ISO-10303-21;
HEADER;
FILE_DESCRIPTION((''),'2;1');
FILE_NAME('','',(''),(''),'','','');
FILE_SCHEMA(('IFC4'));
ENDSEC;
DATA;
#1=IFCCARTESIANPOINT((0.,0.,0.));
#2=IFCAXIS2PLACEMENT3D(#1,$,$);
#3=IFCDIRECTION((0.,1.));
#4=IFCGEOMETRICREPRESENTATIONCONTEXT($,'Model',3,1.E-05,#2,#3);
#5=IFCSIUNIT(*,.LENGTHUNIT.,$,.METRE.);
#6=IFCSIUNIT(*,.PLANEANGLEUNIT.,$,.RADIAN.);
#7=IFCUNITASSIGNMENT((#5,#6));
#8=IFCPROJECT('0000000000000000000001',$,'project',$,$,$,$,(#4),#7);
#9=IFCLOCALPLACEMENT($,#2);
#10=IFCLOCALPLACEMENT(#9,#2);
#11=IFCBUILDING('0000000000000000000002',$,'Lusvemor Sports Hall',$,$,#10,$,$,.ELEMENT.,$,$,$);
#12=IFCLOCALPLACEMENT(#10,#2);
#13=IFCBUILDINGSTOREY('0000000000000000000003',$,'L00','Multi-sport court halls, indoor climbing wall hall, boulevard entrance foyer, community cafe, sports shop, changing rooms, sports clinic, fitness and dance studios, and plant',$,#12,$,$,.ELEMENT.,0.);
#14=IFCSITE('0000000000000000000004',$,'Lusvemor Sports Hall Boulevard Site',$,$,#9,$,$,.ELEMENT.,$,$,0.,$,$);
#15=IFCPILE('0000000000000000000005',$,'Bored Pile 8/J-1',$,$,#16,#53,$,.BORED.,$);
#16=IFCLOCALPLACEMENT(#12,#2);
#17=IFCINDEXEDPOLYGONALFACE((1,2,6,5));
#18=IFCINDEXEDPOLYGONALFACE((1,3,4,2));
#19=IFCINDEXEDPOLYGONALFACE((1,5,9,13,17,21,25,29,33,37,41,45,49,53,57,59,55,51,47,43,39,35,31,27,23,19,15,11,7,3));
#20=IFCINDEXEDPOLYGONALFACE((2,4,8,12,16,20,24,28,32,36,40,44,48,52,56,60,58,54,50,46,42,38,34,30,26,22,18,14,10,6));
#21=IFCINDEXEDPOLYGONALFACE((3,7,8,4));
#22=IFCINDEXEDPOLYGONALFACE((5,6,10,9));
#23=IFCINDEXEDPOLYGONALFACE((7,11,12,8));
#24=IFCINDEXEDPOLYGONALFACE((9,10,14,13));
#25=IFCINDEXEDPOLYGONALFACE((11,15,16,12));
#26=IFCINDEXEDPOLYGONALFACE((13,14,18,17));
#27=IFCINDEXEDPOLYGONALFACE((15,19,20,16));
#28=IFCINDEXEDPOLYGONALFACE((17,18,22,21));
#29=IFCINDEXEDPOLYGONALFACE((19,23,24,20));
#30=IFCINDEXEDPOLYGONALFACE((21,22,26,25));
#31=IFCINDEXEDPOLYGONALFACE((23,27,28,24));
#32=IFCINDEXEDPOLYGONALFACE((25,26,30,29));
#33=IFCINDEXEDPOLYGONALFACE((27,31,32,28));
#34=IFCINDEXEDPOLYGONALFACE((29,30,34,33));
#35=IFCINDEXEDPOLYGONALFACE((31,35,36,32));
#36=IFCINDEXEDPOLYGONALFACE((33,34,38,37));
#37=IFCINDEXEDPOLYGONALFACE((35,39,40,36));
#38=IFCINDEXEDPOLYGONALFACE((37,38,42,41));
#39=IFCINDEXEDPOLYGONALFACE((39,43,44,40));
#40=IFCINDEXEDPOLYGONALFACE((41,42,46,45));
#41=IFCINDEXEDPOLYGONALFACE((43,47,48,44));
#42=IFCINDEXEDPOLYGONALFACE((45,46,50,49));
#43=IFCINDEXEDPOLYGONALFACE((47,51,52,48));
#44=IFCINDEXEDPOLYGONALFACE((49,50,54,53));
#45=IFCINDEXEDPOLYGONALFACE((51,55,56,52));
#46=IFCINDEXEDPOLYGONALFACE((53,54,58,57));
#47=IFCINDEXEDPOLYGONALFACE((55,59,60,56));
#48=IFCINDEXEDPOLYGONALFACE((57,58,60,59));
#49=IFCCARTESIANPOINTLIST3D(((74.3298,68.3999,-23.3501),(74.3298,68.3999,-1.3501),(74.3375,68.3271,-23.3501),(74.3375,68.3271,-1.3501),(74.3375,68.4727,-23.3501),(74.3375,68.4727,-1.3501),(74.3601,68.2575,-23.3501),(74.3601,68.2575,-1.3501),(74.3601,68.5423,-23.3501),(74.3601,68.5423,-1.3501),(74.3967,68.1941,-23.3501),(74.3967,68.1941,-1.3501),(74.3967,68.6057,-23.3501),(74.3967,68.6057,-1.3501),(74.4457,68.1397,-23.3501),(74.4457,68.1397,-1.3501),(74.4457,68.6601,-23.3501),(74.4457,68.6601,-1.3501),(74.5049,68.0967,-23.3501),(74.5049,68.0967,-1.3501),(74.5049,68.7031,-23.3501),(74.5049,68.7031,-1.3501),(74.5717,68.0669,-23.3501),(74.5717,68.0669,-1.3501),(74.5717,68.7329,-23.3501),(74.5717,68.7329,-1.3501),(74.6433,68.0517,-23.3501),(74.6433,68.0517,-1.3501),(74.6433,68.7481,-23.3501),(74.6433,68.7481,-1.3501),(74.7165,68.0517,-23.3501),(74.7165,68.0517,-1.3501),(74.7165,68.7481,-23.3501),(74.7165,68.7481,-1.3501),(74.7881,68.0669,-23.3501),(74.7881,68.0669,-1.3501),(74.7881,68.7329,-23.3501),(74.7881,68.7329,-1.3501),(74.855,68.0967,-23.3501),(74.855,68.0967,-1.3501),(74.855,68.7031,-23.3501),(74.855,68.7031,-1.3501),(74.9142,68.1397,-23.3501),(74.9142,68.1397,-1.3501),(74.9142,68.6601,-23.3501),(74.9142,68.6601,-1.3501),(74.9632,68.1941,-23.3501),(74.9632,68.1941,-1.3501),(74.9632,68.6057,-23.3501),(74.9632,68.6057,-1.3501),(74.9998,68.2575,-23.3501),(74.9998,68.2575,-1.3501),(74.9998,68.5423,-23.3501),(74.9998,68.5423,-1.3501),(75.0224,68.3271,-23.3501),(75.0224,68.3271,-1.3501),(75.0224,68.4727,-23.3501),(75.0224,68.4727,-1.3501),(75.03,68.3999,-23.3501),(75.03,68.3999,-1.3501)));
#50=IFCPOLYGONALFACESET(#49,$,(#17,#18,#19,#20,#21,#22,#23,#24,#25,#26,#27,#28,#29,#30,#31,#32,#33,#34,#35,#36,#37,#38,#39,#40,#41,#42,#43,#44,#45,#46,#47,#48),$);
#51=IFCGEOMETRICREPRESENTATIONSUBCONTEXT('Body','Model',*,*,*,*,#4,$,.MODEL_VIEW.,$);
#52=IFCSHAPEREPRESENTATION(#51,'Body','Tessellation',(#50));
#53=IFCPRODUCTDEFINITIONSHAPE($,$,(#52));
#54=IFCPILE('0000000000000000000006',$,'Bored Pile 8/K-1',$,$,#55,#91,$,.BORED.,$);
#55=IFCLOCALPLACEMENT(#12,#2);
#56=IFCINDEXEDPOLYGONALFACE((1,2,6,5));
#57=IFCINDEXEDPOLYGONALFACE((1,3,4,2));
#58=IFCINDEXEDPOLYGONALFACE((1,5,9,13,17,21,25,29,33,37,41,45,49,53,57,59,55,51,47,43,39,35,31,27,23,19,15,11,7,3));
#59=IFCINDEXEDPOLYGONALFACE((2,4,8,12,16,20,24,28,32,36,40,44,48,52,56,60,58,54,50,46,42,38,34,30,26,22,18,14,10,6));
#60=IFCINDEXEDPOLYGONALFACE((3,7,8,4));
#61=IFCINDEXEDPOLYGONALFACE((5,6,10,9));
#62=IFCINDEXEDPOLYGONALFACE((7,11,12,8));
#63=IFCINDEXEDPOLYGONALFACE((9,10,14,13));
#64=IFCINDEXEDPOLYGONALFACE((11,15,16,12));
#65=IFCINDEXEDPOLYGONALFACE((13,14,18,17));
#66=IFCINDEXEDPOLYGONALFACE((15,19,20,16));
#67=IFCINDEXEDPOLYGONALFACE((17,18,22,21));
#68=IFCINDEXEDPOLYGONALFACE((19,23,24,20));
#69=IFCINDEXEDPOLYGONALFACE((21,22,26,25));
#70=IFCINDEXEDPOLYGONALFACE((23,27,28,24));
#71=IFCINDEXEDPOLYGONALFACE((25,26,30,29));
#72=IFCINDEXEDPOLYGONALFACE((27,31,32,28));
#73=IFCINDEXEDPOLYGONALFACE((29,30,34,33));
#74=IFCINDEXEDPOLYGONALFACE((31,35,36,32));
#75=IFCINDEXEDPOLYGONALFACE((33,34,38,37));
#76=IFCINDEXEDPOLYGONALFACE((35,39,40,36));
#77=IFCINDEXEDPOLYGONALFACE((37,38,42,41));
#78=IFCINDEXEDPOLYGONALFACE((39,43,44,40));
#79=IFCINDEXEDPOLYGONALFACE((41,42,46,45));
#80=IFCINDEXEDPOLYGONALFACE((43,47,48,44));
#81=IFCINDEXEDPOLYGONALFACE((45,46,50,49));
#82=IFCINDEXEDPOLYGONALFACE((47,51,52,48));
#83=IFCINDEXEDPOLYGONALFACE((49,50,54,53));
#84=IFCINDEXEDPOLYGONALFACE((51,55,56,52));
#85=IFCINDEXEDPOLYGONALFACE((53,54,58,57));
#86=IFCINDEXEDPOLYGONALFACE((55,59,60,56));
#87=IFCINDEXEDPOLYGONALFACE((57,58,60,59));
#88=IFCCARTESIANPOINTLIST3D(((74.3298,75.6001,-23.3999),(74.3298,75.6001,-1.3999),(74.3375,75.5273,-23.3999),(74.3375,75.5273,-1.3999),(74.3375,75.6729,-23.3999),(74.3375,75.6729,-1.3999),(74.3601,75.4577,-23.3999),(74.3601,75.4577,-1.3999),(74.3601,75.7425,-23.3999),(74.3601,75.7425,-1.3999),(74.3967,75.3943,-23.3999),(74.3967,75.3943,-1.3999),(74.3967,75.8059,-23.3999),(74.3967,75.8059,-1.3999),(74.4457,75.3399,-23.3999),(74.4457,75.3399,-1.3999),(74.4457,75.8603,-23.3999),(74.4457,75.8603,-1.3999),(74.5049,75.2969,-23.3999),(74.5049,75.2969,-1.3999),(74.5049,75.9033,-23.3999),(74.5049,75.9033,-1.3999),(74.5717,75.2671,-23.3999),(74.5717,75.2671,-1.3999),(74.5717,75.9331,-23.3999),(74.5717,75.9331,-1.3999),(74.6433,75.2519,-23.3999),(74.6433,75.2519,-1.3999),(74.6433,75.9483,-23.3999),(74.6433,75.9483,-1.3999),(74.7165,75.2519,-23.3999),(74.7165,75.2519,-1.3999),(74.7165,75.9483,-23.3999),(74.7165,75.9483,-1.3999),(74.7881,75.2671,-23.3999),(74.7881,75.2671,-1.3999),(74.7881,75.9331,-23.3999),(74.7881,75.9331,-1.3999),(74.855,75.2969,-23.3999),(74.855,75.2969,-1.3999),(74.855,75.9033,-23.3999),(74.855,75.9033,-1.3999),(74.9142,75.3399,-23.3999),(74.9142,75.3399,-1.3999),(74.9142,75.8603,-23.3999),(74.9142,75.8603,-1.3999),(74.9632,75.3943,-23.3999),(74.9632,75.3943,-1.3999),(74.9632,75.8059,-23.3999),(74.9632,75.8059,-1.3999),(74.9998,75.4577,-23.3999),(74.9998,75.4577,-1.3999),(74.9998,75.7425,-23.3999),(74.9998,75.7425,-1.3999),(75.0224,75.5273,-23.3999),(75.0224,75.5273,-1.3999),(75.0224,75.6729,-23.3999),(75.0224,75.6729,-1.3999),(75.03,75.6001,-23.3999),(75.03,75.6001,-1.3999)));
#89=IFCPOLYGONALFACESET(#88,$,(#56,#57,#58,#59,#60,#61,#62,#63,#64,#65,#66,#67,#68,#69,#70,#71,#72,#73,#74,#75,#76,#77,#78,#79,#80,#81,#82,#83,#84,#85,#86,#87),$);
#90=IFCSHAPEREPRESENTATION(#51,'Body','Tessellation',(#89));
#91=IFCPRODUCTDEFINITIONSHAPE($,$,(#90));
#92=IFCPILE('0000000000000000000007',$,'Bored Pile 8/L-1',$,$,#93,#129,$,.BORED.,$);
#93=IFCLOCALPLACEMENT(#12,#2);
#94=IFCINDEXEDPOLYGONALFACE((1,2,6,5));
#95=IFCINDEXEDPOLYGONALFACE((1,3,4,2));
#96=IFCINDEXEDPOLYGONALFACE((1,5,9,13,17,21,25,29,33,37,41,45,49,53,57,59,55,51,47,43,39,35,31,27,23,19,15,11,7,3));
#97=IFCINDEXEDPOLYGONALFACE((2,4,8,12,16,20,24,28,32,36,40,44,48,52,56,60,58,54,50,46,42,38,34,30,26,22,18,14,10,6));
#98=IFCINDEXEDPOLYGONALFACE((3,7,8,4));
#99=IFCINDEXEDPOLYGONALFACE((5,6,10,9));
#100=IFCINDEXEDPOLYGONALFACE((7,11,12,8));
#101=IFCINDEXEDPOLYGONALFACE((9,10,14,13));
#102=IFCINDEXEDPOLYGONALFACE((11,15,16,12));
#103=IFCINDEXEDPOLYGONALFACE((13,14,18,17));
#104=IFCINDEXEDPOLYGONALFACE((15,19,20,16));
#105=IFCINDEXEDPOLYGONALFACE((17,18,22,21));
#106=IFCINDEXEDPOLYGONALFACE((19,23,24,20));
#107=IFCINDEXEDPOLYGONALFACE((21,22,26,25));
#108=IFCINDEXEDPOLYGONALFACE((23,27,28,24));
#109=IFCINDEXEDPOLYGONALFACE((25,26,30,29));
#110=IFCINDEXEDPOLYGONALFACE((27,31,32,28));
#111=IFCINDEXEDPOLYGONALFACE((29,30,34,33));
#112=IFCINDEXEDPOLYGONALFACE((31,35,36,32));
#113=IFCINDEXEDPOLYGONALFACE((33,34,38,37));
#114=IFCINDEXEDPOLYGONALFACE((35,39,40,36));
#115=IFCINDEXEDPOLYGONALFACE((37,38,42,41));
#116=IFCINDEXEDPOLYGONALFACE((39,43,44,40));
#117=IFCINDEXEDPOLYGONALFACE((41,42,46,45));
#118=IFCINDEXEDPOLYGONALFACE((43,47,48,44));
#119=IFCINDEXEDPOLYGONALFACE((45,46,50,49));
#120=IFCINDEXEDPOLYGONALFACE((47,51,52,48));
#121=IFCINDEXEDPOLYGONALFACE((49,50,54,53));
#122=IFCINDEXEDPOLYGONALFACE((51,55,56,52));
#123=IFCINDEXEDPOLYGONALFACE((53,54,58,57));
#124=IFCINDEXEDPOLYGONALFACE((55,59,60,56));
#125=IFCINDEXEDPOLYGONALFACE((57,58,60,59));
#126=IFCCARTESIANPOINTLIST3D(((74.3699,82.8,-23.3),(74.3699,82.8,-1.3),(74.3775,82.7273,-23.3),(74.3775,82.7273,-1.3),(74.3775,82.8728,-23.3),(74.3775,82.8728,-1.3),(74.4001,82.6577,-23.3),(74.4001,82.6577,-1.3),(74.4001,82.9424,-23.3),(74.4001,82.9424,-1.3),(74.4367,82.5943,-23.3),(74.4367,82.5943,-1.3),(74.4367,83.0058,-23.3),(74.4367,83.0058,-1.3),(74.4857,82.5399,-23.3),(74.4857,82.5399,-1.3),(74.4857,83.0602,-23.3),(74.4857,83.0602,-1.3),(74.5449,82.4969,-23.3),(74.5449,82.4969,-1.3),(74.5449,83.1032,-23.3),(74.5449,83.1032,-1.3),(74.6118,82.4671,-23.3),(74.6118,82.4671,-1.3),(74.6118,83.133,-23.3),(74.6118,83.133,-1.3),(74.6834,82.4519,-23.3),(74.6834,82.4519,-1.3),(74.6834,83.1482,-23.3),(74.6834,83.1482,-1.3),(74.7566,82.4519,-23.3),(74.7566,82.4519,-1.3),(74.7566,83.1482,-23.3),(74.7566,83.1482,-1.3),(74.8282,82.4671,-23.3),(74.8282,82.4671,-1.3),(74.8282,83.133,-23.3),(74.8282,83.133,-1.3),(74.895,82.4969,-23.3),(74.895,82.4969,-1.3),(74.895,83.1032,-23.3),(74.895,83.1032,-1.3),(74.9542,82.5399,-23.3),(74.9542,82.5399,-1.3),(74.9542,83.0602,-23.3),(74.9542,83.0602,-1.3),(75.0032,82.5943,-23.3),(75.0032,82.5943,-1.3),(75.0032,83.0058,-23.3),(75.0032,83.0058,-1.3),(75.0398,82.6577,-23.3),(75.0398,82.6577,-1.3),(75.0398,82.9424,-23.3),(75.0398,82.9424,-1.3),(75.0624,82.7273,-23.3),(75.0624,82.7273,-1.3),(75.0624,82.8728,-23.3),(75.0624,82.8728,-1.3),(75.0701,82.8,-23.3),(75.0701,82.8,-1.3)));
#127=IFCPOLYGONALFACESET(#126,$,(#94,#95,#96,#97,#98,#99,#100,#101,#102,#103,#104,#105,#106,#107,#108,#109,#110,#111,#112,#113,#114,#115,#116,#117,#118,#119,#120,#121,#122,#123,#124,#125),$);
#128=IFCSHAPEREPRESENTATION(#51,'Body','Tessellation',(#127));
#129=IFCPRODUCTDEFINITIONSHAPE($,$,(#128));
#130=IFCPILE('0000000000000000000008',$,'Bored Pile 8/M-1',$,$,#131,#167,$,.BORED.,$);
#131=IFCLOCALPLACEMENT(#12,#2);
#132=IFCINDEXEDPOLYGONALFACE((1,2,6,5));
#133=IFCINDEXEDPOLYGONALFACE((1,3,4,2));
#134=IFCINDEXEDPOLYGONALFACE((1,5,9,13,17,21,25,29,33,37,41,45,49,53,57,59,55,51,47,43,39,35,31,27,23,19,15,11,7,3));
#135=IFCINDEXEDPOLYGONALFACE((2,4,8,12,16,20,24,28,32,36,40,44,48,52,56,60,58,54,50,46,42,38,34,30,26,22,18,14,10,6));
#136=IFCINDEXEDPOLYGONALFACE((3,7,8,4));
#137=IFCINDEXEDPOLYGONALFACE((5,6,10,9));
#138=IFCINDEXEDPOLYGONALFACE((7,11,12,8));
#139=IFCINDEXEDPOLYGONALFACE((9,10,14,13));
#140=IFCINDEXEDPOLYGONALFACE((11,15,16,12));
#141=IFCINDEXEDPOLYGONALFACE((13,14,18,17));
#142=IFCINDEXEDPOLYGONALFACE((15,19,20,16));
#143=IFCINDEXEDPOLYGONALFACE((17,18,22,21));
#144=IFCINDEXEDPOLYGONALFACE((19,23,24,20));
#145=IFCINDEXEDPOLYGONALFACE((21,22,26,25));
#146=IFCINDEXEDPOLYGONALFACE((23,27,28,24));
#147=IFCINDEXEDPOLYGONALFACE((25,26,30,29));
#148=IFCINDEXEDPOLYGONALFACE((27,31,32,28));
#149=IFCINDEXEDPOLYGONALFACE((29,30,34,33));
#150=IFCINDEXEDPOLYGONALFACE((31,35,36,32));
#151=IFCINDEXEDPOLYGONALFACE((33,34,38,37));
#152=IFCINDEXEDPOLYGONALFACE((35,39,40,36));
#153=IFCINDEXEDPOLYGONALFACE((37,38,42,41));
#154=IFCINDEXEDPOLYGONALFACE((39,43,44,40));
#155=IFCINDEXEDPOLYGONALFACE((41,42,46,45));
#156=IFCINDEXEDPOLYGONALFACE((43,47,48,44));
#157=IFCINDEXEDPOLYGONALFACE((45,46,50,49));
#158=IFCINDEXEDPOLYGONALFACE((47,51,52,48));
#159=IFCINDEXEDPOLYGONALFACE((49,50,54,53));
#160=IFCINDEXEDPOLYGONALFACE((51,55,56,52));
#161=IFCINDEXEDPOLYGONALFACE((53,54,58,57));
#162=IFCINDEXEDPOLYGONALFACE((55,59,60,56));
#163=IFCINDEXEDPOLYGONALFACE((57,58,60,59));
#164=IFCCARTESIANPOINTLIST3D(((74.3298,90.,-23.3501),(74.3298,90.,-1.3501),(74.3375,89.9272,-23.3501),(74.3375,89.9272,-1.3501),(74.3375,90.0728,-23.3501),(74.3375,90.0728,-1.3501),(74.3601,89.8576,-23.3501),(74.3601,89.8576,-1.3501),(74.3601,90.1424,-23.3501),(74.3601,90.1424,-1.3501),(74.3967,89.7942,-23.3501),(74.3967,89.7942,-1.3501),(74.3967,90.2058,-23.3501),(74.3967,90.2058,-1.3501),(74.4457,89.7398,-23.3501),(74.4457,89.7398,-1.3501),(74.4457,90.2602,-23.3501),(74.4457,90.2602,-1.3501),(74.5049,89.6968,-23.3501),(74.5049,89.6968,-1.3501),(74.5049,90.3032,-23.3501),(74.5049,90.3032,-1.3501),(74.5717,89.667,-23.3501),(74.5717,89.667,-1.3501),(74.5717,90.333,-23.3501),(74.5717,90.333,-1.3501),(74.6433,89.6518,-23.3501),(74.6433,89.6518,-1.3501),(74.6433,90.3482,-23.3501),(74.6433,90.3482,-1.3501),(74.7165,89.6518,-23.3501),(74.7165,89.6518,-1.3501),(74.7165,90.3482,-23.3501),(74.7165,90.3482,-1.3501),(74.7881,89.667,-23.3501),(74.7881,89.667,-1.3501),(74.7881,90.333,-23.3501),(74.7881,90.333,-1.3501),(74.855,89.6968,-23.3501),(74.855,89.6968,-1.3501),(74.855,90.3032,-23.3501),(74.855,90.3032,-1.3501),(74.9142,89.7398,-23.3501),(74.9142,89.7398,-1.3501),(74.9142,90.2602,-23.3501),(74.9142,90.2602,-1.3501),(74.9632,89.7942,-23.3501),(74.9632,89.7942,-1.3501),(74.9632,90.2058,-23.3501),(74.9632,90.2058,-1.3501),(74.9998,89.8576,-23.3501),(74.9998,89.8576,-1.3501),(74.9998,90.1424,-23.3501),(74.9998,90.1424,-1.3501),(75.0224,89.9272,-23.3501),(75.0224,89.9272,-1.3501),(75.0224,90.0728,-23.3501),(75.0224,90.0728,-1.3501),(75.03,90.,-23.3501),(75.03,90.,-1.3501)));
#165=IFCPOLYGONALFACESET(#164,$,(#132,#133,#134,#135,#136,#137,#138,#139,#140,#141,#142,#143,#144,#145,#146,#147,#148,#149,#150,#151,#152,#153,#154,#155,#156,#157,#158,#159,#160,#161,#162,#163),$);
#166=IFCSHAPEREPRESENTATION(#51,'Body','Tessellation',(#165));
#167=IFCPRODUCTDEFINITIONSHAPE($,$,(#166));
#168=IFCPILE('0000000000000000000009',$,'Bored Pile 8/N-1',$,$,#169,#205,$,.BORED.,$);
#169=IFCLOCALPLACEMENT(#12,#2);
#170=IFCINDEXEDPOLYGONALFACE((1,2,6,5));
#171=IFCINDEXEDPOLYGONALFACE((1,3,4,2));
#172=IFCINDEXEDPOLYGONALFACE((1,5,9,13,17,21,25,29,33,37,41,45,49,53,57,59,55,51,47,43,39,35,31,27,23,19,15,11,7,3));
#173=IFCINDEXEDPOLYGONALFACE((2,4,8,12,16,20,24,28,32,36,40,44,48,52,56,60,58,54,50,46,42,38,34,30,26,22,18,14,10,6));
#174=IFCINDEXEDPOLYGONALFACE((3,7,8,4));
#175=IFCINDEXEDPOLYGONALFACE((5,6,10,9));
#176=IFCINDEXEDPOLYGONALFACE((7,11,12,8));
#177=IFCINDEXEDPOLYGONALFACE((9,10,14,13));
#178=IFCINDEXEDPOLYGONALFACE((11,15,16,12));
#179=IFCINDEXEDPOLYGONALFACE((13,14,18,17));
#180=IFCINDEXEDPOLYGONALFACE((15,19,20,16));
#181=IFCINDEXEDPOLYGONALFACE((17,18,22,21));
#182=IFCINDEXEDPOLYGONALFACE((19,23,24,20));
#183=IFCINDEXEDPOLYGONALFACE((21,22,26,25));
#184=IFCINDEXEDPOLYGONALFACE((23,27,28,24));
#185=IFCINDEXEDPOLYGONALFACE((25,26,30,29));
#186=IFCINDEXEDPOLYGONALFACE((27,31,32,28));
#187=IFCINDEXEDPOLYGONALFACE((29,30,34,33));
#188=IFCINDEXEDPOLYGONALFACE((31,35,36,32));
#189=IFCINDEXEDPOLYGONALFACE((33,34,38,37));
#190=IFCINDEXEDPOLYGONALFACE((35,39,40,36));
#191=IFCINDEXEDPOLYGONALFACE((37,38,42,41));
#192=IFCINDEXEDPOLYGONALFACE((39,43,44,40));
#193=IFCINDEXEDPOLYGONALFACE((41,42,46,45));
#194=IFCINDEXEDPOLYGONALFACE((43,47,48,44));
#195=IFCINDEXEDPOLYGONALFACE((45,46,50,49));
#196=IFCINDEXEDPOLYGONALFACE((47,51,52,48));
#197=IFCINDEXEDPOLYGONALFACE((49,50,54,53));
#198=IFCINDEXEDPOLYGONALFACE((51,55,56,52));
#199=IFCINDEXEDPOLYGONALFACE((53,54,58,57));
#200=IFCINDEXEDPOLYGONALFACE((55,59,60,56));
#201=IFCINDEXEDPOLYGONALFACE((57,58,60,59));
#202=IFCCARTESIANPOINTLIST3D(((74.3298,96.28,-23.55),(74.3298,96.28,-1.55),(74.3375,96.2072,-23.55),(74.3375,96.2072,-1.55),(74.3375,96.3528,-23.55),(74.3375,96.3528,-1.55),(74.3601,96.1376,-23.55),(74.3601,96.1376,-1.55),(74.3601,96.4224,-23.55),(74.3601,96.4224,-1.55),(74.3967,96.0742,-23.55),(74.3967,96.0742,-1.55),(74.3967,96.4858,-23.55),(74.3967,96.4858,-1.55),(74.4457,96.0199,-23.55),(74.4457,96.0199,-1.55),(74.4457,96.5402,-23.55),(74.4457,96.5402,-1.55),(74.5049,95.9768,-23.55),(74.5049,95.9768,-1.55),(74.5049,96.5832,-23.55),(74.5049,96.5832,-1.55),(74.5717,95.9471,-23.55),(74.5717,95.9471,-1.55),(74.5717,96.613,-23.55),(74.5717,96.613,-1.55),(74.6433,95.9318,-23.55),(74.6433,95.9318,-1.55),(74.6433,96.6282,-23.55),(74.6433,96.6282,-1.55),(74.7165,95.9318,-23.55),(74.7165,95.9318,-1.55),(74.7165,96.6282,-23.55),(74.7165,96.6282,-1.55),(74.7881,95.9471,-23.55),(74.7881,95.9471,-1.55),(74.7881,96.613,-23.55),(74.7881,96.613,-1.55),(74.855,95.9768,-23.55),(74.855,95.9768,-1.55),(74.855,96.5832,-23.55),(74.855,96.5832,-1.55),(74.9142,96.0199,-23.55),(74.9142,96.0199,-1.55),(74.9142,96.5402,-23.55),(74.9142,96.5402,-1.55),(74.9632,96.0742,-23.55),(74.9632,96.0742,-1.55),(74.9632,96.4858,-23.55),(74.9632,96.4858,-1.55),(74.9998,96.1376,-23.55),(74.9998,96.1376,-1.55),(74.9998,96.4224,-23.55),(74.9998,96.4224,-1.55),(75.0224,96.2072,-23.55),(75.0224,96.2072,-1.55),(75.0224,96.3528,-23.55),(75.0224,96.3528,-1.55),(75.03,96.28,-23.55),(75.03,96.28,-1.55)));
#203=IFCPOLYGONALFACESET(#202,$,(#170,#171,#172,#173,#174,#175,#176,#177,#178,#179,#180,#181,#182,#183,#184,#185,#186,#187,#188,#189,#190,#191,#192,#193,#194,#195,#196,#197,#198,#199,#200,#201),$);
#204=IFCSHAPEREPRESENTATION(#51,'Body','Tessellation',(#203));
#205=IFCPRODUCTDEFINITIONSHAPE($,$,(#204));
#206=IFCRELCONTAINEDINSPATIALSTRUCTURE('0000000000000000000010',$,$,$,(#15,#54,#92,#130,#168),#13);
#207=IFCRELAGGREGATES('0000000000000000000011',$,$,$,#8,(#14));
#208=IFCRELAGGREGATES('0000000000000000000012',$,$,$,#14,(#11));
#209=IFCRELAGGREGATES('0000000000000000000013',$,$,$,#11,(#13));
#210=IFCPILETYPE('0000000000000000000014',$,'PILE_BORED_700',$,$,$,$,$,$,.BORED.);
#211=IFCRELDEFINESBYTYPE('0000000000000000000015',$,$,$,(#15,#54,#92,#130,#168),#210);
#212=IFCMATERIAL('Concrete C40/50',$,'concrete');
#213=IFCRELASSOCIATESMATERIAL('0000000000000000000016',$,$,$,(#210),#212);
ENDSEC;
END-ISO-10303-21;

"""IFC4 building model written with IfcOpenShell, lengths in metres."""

from ifc_helpers import new_model, si_unit, direction, frame, origin, origin_2d, place, context, subcontext, project, spatial, circle, extrude, material, material_profile, profile_set, type_object, element, save


model = new_model("IFC4")

# Units and contexts
model_context = context("Model", 3, precision=1e-05, world=origin(), true_north=direction((0.0, 1.0)))
body_context = subcontext(model_context, "Body", "Model", "MODEL_VIEW")
ifc_project = project(units=[si_unit("LENGTHUNIT", "METRE"), si_unit("PLANEANGLEUNIT", "RADIAN")], contexts=[model_context])

# Site, building, storey
site_placement = place(None, origin())
site = spatial("IfcSite", under=ifc_project, at=site_placement, Name="Lusvemor Sports Hall Boulevard Site", CompositionType="ELEMENT", RefElevation=0.0)
building_placement = place(site_placement, origin())
building = spatial("IfcBuilding", under=site, at=building_placement, Name="Lusvemor Sports Hall", CompositionType="ELEMENT")
storey_placement = place(building_placement, origin())
storey = spatial("IfcBuildingStorey", under=building, at=storey_placement, Name="L00", Description="Multi-sport court halls, indoor climbing wall hall, boulevard entrance foyer, community cafe, sports shop, changing rooms, sports clinic, fitness and dance studios, and plant", CompositionType="ELEMENT", Elevation=0.0)

# Piles
ifc_material_1 = material(Name="Concrete C40/50", Category="concrete")
ifc_material_profile_1 = material_profile(ifc_material_1, circle(Radius=0.3501, at=origin_2d()), Name="PILE700")
ifc_profile_set_1 = profile_set([ifc_material_profile_1], Name="Concrete C40/50")
pile_type_1 = type_object("IfcPileType", Name="PILE_BORED_700", PredefinedType="BORED", material=ifc_profile_set_1)
for number, where, z_axis, x_axis, name in (
    (1, (74.6799, 68.3999, -1.3501), (0.0, 0.0, -1.0), (1.0, 0.0, 0.0), "Bored Pile 8/J-1"),
    (2, (74.6799, 75.6001, -1.3999), (0.0, 0.0, -1.0), (1.0, 0.0, 0.0), "Bored Pile 8/K-1"),
    (3, (74.72, 82.8, -1.3), (0.0, 0.0, -1.0), (1.0, 0.0, 0.0), "Bored Pile 8/L-1"),
    (4, (74.6799, 90.0, -1.3501), (0.0, 0.0, -1.0), (1.0, 0.0, 0.0), "Bored Pile 8/M-1"),
    (5, (74.6799, 96.28, -1.55), (0.0, 0.0, -1.0), (1.0, 0.0, 0.0), "Bored Pile 8/N-1"),
):
    element("IfcPile", number, at=place(storey_placement, frame(where, z_axis=z_axis, x_axis=x_axis)), inside=storey, type_object=pile_type_1, Name=name, PredefinedType="BORED", context=body_context, shape_type="SweptSolid", body=[
        extrude(circle(Radius=0.3501, at=origin_2d()), origin(), (0.0, 0.0, 1.0), 22.0),
    ])

save(model, "model.ifc")
